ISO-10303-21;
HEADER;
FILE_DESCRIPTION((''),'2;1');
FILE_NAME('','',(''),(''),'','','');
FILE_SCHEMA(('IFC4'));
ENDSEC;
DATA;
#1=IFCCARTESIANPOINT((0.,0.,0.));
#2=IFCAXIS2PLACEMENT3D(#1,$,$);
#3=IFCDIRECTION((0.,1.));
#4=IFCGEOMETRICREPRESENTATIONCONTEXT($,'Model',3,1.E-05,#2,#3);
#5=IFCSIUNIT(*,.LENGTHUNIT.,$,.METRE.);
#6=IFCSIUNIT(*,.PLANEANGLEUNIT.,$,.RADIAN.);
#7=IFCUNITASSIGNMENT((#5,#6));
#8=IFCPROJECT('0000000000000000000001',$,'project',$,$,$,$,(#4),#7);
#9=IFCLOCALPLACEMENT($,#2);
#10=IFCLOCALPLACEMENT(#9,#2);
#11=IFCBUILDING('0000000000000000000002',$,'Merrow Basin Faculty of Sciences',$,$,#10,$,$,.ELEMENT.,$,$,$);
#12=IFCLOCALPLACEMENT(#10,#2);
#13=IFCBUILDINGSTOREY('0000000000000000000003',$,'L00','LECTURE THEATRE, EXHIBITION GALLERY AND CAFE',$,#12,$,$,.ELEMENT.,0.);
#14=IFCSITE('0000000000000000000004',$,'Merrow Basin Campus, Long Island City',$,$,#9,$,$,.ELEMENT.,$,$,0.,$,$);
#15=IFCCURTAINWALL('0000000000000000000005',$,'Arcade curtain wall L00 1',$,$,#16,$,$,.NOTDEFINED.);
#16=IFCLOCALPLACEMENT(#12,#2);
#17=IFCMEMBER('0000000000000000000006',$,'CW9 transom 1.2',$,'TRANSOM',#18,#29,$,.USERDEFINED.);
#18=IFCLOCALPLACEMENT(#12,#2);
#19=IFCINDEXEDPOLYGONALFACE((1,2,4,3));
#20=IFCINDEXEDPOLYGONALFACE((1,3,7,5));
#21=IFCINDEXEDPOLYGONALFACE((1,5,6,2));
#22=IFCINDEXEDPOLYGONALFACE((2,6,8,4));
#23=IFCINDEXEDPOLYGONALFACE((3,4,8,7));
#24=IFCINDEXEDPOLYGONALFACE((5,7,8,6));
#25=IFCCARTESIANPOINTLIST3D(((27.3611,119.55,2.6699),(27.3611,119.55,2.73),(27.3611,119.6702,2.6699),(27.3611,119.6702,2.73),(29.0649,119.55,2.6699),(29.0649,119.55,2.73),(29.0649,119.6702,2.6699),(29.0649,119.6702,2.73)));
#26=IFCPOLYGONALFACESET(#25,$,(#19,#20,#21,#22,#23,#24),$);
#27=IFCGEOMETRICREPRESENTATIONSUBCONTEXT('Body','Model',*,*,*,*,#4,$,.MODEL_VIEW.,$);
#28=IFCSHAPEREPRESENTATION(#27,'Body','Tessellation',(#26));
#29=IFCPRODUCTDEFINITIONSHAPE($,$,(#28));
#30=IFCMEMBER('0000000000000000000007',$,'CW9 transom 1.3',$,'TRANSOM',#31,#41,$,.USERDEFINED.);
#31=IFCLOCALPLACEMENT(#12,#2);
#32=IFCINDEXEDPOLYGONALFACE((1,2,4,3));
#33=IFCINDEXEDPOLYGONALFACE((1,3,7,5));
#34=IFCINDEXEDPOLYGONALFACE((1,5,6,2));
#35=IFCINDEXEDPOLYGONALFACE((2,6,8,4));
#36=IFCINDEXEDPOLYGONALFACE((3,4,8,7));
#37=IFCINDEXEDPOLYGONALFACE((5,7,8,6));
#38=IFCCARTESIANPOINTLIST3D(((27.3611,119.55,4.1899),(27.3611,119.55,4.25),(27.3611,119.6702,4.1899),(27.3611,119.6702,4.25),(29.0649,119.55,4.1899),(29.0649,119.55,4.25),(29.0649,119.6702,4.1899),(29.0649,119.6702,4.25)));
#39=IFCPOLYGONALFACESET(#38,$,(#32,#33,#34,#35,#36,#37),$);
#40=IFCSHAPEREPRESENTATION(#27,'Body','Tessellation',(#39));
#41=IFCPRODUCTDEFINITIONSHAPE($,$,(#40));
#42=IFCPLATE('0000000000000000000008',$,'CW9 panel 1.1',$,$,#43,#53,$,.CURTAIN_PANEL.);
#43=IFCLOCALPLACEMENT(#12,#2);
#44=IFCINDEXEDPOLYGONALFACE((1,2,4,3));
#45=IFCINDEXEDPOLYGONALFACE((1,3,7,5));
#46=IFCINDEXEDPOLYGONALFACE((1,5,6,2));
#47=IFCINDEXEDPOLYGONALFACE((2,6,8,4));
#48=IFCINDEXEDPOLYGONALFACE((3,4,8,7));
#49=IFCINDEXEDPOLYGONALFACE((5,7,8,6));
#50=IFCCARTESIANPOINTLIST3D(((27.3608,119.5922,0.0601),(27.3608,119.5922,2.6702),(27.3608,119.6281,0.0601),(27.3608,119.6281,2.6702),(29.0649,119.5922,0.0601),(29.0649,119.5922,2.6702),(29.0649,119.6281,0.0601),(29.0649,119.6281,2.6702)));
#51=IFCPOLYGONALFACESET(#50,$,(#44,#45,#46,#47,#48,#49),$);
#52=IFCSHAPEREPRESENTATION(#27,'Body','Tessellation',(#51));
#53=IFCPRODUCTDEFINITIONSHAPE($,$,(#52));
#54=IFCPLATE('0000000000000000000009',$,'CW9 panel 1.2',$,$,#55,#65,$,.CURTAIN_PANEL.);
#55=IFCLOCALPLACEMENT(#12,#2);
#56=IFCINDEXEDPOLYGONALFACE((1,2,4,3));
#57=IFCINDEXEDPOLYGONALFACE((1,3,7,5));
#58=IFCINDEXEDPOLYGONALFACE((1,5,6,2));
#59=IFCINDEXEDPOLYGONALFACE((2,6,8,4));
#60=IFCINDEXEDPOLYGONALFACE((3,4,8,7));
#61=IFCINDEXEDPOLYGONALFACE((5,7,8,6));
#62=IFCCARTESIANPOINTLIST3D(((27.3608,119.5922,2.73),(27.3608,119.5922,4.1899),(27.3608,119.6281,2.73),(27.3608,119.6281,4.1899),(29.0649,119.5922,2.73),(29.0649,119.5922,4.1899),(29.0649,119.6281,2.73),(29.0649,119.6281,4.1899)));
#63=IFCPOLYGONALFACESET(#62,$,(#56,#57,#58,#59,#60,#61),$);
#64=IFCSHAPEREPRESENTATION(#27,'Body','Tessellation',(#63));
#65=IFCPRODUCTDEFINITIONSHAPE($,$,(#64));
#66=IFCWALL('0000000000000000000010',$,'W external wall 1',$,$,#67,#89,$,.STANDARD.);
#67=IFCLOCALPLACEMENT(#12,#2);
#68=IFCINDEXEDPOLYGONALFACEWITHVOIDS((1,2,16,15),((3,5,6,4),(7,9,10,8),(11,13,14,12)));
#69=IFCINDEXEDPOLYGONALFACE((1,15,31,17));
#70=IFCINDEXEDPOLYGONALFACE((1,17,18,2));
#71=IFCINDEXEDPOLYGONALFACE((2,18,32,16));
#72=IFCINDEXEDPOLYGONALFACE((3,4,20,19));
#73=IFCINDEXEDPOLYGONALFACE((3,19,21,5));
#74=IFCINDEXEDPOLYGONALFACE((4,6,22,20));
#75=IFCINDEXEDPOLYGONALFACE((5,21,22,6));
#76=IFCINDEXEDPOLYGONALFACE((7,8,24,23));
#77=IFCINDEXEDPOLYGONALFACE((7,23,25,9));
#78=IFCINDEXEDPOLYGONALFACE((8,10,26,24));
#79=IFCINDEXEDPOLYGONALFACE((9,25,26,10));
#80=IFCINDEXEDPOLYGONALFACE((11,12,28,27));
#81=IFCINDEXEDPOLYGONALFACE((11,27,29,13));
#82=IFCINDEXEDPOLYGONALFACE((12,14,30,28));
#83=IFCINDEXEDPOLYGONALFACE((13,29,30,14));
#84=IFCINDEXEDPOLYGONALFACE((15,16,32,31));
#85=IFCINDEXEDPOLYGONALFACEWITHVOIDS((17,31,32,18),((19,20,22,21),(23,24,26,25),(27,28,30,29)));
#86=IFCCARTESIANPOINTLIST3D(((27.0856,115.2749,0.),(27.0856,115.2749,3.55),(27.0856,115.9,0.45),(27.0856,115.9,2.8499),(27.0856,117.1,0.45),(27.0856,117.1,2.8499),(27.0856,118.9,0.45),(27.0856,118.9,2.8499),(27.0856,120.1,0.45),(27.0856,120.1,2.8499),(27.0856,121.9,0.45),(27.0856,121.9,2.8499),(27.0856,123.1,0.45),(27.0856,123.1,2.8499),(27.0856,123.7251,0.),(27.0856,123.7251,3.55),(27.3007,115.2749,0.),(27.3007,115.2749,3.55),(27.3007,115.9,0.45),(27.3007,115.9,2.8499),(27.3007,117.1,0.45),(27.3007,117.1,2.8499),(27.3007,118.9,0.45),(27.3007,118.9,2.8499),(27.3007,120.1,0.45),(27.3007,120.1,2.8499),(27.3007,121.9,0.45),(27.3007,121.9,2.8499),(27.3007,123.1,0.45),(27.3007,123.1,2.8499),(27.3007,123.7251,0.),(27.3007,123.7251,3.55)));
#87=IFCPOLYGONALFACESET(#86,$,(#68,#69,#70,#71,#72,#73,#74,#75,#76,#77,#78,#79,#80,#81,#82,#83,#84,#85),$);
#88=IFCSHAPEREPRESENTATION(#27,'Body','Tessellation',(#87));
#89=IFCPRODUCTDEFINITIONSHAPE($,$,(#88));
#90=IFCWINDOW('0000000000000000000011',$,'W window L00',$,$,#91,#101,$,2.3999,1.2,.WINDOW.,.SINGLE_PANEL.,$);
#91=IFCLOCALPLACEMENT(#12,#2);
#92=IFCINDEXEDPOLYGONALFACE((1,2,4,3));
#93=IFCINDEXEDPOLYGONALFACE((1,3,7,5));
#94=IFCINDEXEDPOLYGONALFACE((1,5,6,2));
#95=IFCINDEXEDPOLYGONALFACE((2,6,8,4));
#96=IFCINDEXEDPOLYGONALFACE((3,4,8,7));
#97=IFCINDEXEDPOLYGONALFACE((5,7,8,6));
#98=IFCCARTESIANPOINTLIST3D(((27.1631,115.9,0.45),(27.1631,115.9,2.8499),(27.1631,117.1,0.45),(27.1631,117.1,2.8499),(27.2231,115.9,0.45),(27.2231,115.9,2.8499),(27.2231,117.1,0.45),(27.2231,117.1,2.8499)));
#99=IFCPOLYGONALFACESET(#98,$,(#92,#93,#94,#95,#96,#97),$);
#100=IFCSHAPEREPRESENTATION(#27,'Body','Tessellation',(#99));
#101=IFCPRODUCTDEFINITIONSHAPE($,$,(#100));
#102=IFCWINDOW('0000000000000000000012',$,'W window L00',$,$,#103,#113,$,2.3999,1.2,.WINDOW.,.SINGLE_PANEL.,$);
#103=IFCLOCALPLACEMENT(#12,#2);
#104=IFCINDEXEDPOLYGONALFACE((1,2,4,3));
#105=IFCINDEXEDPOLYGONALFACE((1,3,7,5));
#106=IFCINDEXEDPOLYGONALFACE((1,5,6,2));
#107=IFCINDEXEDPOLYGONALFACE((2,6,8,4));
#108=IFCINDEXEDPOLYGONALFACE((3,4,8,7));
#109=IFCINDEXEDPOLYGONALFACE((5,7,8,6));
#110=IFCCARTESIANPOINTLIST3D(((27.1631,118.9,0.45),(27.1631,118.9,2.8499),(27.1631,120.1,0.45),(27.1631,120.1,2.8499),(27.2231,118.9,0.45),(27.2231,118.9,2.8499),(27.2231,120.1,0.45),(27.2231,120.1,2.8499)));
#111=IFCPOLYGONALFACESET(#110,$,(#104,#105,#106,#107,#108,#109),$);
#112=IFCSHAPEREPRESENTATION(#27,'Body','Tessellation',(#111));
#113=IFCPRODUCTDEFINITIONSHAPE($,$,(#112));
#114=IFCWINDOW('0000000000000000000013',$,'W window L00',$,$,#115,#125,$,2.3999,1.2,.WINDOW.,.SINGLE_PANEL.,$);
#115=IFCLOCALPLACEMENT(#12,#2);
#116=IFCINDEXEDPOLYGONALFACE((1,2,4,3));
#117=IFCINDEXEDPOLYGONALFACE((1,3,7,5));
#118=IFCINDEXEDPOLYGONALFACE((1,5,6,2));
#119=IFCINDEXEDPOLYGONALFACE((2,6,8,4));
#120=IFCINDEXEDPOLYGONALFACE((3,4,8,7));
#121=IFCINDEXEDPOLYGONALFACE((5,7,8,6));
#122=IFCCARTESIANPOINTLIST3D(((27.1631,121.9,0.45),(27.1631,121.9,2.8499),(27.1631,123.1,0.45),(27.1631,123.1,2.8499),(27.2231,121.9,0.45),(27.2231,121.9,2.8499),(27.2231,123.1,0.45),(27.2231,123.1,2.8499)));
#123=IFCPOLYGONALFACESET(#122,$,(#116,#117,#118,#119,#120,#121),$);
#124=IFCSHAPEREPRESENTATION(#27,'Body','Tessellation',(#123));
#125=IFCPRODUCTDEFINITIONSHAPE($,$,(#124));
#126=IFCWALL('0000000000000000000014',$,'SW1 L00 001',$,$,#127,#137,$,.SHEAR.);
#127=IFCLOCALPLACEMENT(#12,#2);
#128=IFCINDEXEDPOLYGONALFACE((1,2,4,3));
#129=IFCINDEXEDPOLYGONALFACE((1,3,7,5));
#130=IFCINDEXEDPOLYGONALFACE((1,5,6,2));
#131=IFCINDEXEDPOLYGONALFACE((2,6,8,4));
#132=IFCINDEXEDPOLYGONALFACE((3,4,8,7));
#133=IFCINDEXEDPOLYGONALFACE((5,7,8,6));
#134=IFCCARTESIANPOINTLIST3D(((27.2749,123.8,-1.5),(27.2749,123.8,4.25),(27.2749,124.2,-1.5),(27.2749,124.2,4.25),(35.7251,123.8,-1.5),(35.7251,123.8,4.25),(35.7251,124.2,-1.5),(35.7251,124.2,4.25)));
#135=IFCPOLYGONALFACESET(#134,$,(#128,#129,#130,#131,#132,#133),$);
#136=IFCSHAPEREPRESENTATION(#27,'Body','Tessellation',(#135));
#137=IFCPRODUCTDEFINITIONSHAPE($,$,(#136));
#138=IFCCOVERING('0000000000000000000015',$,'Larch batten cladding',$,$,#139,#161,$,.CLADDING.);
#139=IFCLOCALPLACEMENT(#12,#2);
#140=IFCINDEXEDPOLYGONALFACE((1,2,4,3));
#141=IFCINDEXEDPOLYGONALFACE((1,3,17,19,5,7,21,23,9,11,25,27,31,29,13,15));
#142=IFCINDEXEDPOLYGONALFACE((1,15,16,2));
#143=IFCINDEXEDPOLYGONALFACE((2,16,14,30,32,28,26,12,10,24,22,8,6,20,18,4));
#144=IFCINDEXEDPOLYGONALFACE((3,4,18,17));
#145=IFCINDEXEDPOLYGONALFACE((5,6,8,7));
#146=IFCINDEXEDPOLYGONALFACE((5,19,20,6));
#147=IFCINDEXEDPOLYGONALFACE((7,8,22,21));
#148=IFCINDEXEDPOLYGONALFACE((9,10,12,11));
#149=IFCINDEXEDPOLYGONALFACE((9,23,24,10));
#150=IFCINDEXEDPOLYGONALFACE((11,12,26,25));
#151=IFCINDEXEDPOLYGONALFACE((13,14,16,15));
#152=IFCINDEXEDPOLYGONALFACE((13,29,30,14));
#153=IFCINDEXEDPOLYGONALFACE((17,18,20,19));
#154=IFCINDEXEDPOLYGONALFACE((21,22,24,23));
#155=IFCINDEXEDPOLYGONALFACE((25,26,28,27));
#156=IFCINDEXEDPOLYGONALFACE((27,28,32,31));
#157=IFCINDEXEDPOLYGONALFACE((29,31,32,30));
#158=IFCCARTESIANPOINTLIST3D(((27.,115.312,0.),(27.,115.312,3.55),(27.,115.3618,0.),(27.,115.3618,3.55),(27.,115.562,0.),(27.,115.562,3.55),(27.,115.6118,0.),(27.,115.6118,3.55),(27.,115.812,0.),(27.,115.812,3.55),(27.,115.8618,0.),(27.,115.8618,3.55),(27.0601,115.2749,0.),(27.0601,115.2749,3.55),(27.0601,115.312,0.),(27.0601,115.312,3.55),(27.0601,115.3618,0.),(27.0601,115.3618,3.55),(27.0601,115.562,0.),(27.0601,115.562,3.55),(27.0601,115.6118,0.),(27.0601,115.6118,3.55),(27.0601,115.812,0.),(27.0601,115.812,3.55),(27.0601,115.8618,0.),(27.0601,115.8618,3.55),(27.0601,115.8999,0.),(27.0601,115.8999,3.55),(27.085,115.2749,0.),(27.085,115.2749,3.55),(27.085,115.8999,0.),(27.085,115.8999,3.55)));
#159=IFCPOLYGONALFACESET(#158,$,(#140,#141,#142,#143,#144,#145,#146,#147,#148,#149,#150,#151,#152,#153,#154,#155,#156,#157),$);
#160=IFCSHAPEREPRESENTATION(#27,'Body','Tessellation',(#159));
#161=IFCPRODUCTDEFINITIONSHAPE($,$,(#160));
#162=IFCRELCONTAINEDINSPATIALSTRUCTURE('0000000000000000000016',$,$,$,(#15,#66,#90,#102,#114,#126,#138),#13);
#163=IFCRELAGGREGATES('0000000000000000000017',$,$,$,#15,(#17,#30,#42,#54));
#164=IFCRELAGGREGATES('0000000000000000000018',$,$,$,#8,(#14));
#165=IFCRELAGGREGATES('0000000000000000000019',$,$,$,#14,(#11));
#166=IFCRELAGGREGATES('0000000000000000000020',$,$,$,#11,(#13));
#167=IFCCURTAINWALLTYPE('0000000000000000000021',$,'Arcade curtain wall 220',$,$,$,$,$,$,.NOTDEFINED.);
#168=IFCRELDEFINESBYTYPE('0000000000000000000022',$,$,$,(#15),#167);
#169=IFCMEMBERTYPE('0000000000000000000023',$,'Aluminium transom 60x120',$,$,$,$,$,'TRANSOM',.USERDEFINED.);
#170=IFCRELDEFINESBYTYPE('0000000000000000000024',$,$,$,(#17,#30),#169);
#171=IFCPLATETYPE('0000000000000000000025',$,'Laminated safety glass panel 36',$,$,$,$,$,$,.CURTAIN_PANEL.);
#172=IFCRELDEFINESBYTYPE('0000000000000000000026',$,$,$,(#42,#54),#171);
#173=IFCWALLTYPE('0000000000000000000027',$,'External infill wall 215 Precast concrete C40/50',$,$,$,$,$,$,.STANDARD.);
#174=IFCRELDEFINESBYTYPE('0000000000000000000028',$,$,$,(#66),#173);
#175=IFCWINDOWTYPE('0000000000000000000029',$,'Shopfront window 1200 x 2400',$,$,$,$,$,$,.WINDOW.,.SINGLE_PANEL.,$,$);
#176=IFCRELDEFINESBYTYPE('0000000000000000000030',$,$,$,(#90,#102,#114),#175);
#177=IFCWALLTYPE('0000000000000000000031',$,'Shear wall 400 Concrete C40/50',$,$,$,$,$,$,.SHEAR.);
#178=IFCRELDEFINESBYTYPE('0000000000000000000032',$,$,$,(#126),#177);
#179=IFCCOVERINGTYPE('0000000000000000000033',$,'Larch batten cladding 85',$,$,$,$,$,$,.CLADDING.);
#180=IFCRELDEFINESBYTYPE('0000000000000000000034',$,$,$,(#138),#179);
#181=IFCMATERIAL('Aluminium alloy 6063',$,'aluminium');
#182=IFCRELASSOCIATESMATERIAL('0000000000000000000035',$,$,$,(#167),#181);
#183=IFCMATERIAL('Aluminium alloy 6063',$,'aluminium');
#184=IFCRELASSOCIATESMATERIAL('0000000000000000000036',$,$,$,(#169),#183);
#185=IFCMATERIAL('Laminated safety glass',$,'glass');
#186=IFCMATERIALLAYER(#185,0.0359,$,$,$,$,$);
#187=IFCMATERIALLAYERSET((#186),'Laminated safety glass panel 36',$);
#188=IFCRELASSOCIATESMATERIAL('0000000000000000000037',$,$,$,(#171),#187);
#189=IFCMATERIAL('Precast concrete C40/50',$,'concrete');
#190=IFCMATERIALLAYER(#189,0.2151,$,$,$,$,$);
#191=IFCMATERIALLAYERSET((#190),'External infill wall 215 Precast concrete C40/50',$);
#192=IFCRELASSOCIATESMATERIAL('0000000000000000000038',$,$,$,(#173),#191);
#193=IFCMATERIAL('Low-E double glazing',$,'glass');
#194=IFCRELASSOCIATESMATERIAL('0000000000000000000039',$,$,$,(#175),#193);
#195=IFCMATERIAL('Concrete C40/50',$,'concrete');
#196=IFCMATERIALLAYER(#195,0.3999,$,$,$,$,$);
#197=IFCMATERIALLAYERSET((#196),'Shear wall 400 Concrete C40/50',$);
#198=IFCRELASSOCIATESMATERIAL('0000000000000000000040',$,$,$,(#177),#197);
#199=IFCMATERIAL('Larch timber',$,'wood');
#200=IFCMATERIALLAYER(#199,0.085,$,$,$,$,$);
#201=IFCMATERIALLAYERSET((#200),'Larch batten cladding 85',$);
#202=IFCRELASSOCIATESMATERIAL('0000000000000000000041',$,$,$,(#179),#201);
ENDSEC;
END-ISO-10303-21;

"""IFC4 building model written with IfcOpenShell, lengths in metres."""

from ifc_helpers import new_model, si_unit, direction, frame, frame_2d, origin, origin_2d, place, context, subcontext, project, spatial, polyline, rectangle, outline, extrude, source, transform, mapped, material, layer, layer_set, material_profile, profile_set, type_object, element, fill, aggregate, save


model = new_model("IFC4")

# Units and contexts
model_context = context("Model", 3, precision=1e-05, world=origin(), true_north=direction((0.0, 1.0)))
body_context = subcontext(model_context, "Body", "Model", "MODEL_VIEW")
ifc_project = project(units=[si_unit("LENGTHUNIT", "METRE"), si_unit("PLANEANGLEUNIT", "RADIAN")], contexts=[model_context])

# Site, building, storey
site_placement = place(None, origin())
site = spatial("IfcSite", under=ifc_project, at=site_placement, Name="Merrow Basin Campus, Long Island City", CompositionType="ELEMENT", RefElevation=0.0)
building_placement = place(site_placement, origin())
building = spatial("IfcBuilding", under=site, at=building_placement, Name="Merrow Basin Faculty of Sciences", CompositionType="ELEMENT")
storey_placement = place(building_placement, origin())
storey = spatial("IfcBuildingStorey", under=building, at=storey_placement, Name="L00", Description="LECTURE THEATRE, EXHIBITION GALLERY AND CAFE", CompositionType="ELEMENT", Elevation=0.0)

# Curtain wall
ifc_material_1 = material(Name="Aluminium alloy 6063", Category="aluminium")
curtain_wall_type = type_object("IfcCurtainWallType", Name="Arcade curtain wall 220", PredefinedType="NOTDEFINED", material=ifc_material_1)
curtain_wall_1_placement = place(storey_placement, origin())
curtain_wall_1 = element("IfcCurtainWall", 1, at=curtain_wall_1_placement, inside=storey, type_object=curtain_wall_type, Name="Arcade curtain wall L00 1", PredefinedType="NOTDEFINED")

# Members
ifc_material_2 = material(Name="Aluminium alloy 6063", Category="aluminium")
ifc_material_profile_1 = material_profile(ifc_material_2, rectangle(XDim=0.1201, YDim=0.0601, at=origin_2d()))
ifc_profile_set_1 = profile_set([ifc_material_profile_1], Name="Aluminium alloy 6063")
member_type_1 = type_object("IfcMemberType", Name="Aluminium transom 60x120", ElementType="TRANSOM", PredefinedType="USERDEFINED", material=ifc_profile_set_1)
member_1_placement = place(storey_placement, frame((27.3611, 119.6101, 2.7), z_axis=(1.0, 0.0, 0.0), x_axis=(0.0, 1.0, 0.0)))
member_1 = element("IfcMember", 2, at=member_1_placement, type_object=member_type_1, Name="CW9 transom 1.2", ObjectType="TRANSOM", PredefinedType="USERDEFINED", context=body_context, shape_type="SweptSolid", body=[
    extrude(rectangle(XDim=0.1201, YDim=0.0601, at=origin_2d()), origin(), (0.0, 0.0, 1.0), 1.7039),
])
member_2_placement = place(storey_placement, frame((27.3611, 119.6101, 4.22), z_axis=(1.0, 0.0, 0.0), x_axis=(0.0, 1.0, 0.0)))
member_2 = element("IfcMember", 3, at=member_2_placement, type_object=member_type_1, Name="CW9 transom 1.3", ObjectType="TRANSOM", PredefinedType="USERDEFINED", context=body_context, shape_type="SweptSolid", body=[
    extrude(rectangle(XDim=0.1201, YDim=0.0601, at=origin_2d()), origin(), (0.0, 0.0, 1.0), 1.7039),
])

# Plates
ifc_material_3 = material(Name="Laminated safety glass", Category="glass")
ifc_layer_1 = layer(ifc_material_3, 0.0359)
ifc_layer_set_1 = layer_set([ifc_layer_1], Name="Laminated safety glass panel 36")
plate_type = type_object("IfcPlateType", Name="Laminated safety glass panel 36", PredefinedType="CURTAIN_PANEL", material=ifc_layer_set_1)
plate_1_placement = place(storey_placement, frame((28.2129, 119.6101, 0.0601), z_axis=(0.0, 0.0, 1.0), x_axis=(1.0, 0.0, 0.0)))
plate_1 = element("IfcPlate", 4, at=plate_1_placement, type_object=plate_type, Name="CW9 panel 1.1", PredefinedType="CURTAIN_PANEL", context=body_context, shape_type="SweptSolid", body=[
    extrude(rectangle(XDim=1.7041, YDim=0.0359, at=origin_2d()), origin(), (0.0, 0.0, 1.0), 2.6101),
])
plate_2_placement = place(storey_placement, frame((28.2129, 119.6101, 2.73), z_axis=(0.0, 0.0, 1.0), x_axis=(1.0, 0.0, 0.0)))
plate_2 = element("IfcPlate", 5, at=plate_2_placement, type_object=plate_type, Name="CW9 panel 1.2", PredefinedType="CURTAIN_PANEL", context=body_context, shape_type="SweptSolid", body=[
    extrude(rectangle(XDim=1.7041, YDim=0.0359, at=origin_2d()), origin(), (0.0, 0.0, 1.0), 1.46),
])
aggregate(curtain_wall_1, [member_1, member_2, plate_1, plate_2])

# Wall, openings, windows
ifc_material_4 = material(Name="Precast concrete C40/50", Category="concrete")
ifc_layer_2 = layer(ifc_material_4, 0.2151)
ifc_layer_set_2 = layer_set([ifc_layer_2], Name="External infill wall 215 Precast concrete C40/50")
wall_type_1 = type_object("IfcWallType", Name="External infill wall 215 Precast concrete C40/50", PredefinedType="STANDARD", material=ifc_layer_set_2)
wall_1_placement = place(storey_placement, frame((27.1931, 115.2749, 0.0), z_axis=(0.0, 0.0, 1.0), x_axis=(0.0, 1.0, 0.0)))
wall_1 = element("IfcWall", 6, at=wall_1_placement, inside=storey, type_object=wall_type_1, Name="W external wall 1", PredefinedType="STANDARD", context=body_context, shape_type="SweptSolid", body=[
    extrude(rectangle(XDim=8.4502, YDim=0.2151, at=frame_2d((4.2251, 0.0))), origin(), (0.0, 0.0, 1.0), 3.55),
])
opening_1_placement = place(wall_1_placement, frame((0.625, 0.0, 0.45)))
opening_1 = element("IfcOpeningElement", 7, at=opening_1_placement, cuts=wall_1, PredefinedType="OPENING", context=body_context, shape_type="SweptSolid", body=[
    extrude(rectangle(XDim=1.2, YDim=2.3999, at=frame_2d((0.6001, 1.2))), frame((0.0, 0.1174, 0.0), z_axis=(0.0, -1.0, 0.0), x_axis=(1.0, 0.0, 0.0)), (0.0, 0.0, 1.0), 0.2351),
])
opening_2_placement = place(wall_1_placement, frame((3.625, 0.0, 0.45)))
opening_2 = element("IfcOpeningElement", 8, at=opening_2_placement, cuts=wall_1, PredefinedType="OPENING", context=body_context, shape_type="SweptSolid", body=[
    extrude(rectangle(XDim=1.2, YDim=2.3999, at=frame_2d((0.6001, 1.2))), frame((0.0, 0.1174, 0.0), z_axis=(0.0, -1.0, 0.0), x_axis=(1.0, 0.0, 0.0)), (0.0, 0.0, 1.0), 0.2351),
])
opening_3_placement = place(wall_1_placement, frame((6.625, 0.0, 0.45)))
opening_3 = element("IfcOpeningElement", 9, at=opening_3_placement, cuts=wall_1, PredefinedType="OPENING", context=body_context, shape_type="SweptSolid", body=[
    extrude(rectangle(XDim=1.2, YDim=2.3999, at=frame_2d((0.6001, 1.2))), frame((0.0, 0.1174, 0.0), z_axis=(0.0, -1.0, 0.0), x_axis=(1.0, 0.0, 0.0)), (0.0, 0.0, 1.0), 0.2351),
])
ifc_material_5 = material(Name="Low-E double glazing", Category="glass")
window_type = type_object("IfcWindowType", Name="Shopfront window 1200 x 2400", PartitioningType="SINGLE_PANEL", PredefinedType="WINDOW", material=ifc_material_5)
window_1_placement = place(opening_1_placement, origin())
window_1 = element("IfcWindow", 10, at=window_1_placement, inside=storey, type_object=window_type, Name="W window L00", OverallHeight=2.3999, OverallWidth=1.2, PartitioningType="SINGLE_PANEL", PredefinedType="WINDOW", context=body_context, shape_type="SweptSolid", body=[
    extrude(rectangle(XDim=1.2, YDim=2.3999, at=frame_2d((0.6001, 1.2))), frame((0.0, 0.03, 0.0), z_axis=(0.0, -1.0, 0.0), x_axis=(1.0, 0.0, 0.0)), (0.0, 0.0, 1.0), 0.0601),
])
fill(opening_1, window_1)
window_2_placement = place(opening_2_placement, origin())
window_2 = element("IfcWindow", 11, at=window_2_placement, inside=storey, type_object=window_type, Name="W window L00", OverallHeight=2.3999, OverallWidth=1.2, PartitioningType="SINGLE_PANEL", PredefinedType="WINDOW", context=body_context, shape_type="SweptSolid", body=[
    extrude(rectangle(XDim=1.2, YDim=2.3999, at=frame_2d((0.6001, 1.2))), frame((0.0, 0.03, 0.0), z_axis=(0.0, -1.0, 0.0), x_axis=(1.0, 0.0, 0.0)), (0.0, 0.0, 1.0), 0.0601),
])
fill(opening_2, window_2)
window_3_placement = place(opening_3_placement, origin())
window_3 = element("IfcWindow", 12, at=window_3_placement, inside=storey, type_object=window_type, Name="W window L00", OverallHeight=2.3999, OverallWidth=1.2, PartitioningType="SINGLE_PANEL", PredefinedType="WINDOW", context=body_context, shape_type="SweptSolid", body=[
    extrude(rectangle(XDim=1.2, YDim=2.3999, at=frame_2d((0.6001, 1.2))), frame((0.0, 0.03, 0.0), z_axis=(0.0, -1.0, 0.0), x_axis=(1.0, 0.0, 0.0)), (0.0, 0.0, 1.0), 0.0601),
])
fill(opening_3, window_3)

# Wall
ifc_material_6 = material(Name="Concrete C40/50", Category="concrete")
ifc_layer_3 = layer(ifc_material_6, 0.3999)
ifc_layer_set_3 = layer_set([ifc_layer_3], Name="Shear wall 400 Concrete C40/50")
wall_type_2 = type_object("IfcWallType", Name="Shear wall 400 Concrete C40/50", PredefinedType="SHEAR", material=ifc_layer_set_3)
wall_2_placement = place(storey_placement, frame((27.2749, 124.0, -1.5), z_axis=(0.0, 0.0, 1.0), x_axis=(1.0, 0.0, 0.0)))
element("IfcWall", 13, at=wall_2_placement, inside=storey, type_object=wall_type_2, Name="SW1 L00 001", PredefinedType="SHEAR", context=body_context, shape_type="SweptSolid", body=[
    extrude(rectangle(XDim=8.4502, YDim=0.3999, at=frame_2d((4.2251, 0.0))), origin(), (0.0, 0.0, 1.0), 5.75),
])

# Covering
ifc_material_7 = material(Name="Larch timber", Category="wood")
ifc_layer_4 = layer(ifc_material_7, 0.085)
ifc_layer_set_4 = layer_set([ifc_layer_4], Name="Larch batten cladding 85")
covering_type = type_object("IfcCoveringType", Name="Larch batten cladding 85", PredefinedType="CLADDING", material=ifc_layer_set_4)
shared_shape_1 = source(origin(), body_context, "Body", "SweptSolid", [
    extrude(outline(polyline([(0.0, 0.0), (0.625, 0.0), (0.625, 0.0249), (0.5869, 0.0249), (0.5869, 0.085), (0.5371, 0.085), (0.5371, 0.0249), (0.3369, 0.0249), (0.3369, 0.085), (0.2871, 0.085), (0.2871, 0.0249), (0.0869, 0.0249), (0.0869, 0.085), (0.0371, 0.085), (0.0371, 0.0249), (0.0, 0.0249), (0.0, 0.0)])), origin(), (0.0, 0.0, 1.0), 3.55),
])
for number, where, z_axis, x_axis, name in (
    (14, (27.085, 115.2749, 0.0), (0.0, 0.0, 1.0), (0.0, 1.0, 0.0), "Larch batten cladding"),
):
    element("IfcCovering", number, at=place(storey_placement, frame(where, z_axis=z_axis, x_axis=x_axis)), inside=storey, type_object=covering_type, Name=name, PredefinedType="CLADDING", context=body_context, shape_type="MappedRepresentation", body=[
        mapped(shared_shape_1, transform((0.0, 0.0, 0.0), scale=1.0)),
    ])

save(model, "model.ifc")
